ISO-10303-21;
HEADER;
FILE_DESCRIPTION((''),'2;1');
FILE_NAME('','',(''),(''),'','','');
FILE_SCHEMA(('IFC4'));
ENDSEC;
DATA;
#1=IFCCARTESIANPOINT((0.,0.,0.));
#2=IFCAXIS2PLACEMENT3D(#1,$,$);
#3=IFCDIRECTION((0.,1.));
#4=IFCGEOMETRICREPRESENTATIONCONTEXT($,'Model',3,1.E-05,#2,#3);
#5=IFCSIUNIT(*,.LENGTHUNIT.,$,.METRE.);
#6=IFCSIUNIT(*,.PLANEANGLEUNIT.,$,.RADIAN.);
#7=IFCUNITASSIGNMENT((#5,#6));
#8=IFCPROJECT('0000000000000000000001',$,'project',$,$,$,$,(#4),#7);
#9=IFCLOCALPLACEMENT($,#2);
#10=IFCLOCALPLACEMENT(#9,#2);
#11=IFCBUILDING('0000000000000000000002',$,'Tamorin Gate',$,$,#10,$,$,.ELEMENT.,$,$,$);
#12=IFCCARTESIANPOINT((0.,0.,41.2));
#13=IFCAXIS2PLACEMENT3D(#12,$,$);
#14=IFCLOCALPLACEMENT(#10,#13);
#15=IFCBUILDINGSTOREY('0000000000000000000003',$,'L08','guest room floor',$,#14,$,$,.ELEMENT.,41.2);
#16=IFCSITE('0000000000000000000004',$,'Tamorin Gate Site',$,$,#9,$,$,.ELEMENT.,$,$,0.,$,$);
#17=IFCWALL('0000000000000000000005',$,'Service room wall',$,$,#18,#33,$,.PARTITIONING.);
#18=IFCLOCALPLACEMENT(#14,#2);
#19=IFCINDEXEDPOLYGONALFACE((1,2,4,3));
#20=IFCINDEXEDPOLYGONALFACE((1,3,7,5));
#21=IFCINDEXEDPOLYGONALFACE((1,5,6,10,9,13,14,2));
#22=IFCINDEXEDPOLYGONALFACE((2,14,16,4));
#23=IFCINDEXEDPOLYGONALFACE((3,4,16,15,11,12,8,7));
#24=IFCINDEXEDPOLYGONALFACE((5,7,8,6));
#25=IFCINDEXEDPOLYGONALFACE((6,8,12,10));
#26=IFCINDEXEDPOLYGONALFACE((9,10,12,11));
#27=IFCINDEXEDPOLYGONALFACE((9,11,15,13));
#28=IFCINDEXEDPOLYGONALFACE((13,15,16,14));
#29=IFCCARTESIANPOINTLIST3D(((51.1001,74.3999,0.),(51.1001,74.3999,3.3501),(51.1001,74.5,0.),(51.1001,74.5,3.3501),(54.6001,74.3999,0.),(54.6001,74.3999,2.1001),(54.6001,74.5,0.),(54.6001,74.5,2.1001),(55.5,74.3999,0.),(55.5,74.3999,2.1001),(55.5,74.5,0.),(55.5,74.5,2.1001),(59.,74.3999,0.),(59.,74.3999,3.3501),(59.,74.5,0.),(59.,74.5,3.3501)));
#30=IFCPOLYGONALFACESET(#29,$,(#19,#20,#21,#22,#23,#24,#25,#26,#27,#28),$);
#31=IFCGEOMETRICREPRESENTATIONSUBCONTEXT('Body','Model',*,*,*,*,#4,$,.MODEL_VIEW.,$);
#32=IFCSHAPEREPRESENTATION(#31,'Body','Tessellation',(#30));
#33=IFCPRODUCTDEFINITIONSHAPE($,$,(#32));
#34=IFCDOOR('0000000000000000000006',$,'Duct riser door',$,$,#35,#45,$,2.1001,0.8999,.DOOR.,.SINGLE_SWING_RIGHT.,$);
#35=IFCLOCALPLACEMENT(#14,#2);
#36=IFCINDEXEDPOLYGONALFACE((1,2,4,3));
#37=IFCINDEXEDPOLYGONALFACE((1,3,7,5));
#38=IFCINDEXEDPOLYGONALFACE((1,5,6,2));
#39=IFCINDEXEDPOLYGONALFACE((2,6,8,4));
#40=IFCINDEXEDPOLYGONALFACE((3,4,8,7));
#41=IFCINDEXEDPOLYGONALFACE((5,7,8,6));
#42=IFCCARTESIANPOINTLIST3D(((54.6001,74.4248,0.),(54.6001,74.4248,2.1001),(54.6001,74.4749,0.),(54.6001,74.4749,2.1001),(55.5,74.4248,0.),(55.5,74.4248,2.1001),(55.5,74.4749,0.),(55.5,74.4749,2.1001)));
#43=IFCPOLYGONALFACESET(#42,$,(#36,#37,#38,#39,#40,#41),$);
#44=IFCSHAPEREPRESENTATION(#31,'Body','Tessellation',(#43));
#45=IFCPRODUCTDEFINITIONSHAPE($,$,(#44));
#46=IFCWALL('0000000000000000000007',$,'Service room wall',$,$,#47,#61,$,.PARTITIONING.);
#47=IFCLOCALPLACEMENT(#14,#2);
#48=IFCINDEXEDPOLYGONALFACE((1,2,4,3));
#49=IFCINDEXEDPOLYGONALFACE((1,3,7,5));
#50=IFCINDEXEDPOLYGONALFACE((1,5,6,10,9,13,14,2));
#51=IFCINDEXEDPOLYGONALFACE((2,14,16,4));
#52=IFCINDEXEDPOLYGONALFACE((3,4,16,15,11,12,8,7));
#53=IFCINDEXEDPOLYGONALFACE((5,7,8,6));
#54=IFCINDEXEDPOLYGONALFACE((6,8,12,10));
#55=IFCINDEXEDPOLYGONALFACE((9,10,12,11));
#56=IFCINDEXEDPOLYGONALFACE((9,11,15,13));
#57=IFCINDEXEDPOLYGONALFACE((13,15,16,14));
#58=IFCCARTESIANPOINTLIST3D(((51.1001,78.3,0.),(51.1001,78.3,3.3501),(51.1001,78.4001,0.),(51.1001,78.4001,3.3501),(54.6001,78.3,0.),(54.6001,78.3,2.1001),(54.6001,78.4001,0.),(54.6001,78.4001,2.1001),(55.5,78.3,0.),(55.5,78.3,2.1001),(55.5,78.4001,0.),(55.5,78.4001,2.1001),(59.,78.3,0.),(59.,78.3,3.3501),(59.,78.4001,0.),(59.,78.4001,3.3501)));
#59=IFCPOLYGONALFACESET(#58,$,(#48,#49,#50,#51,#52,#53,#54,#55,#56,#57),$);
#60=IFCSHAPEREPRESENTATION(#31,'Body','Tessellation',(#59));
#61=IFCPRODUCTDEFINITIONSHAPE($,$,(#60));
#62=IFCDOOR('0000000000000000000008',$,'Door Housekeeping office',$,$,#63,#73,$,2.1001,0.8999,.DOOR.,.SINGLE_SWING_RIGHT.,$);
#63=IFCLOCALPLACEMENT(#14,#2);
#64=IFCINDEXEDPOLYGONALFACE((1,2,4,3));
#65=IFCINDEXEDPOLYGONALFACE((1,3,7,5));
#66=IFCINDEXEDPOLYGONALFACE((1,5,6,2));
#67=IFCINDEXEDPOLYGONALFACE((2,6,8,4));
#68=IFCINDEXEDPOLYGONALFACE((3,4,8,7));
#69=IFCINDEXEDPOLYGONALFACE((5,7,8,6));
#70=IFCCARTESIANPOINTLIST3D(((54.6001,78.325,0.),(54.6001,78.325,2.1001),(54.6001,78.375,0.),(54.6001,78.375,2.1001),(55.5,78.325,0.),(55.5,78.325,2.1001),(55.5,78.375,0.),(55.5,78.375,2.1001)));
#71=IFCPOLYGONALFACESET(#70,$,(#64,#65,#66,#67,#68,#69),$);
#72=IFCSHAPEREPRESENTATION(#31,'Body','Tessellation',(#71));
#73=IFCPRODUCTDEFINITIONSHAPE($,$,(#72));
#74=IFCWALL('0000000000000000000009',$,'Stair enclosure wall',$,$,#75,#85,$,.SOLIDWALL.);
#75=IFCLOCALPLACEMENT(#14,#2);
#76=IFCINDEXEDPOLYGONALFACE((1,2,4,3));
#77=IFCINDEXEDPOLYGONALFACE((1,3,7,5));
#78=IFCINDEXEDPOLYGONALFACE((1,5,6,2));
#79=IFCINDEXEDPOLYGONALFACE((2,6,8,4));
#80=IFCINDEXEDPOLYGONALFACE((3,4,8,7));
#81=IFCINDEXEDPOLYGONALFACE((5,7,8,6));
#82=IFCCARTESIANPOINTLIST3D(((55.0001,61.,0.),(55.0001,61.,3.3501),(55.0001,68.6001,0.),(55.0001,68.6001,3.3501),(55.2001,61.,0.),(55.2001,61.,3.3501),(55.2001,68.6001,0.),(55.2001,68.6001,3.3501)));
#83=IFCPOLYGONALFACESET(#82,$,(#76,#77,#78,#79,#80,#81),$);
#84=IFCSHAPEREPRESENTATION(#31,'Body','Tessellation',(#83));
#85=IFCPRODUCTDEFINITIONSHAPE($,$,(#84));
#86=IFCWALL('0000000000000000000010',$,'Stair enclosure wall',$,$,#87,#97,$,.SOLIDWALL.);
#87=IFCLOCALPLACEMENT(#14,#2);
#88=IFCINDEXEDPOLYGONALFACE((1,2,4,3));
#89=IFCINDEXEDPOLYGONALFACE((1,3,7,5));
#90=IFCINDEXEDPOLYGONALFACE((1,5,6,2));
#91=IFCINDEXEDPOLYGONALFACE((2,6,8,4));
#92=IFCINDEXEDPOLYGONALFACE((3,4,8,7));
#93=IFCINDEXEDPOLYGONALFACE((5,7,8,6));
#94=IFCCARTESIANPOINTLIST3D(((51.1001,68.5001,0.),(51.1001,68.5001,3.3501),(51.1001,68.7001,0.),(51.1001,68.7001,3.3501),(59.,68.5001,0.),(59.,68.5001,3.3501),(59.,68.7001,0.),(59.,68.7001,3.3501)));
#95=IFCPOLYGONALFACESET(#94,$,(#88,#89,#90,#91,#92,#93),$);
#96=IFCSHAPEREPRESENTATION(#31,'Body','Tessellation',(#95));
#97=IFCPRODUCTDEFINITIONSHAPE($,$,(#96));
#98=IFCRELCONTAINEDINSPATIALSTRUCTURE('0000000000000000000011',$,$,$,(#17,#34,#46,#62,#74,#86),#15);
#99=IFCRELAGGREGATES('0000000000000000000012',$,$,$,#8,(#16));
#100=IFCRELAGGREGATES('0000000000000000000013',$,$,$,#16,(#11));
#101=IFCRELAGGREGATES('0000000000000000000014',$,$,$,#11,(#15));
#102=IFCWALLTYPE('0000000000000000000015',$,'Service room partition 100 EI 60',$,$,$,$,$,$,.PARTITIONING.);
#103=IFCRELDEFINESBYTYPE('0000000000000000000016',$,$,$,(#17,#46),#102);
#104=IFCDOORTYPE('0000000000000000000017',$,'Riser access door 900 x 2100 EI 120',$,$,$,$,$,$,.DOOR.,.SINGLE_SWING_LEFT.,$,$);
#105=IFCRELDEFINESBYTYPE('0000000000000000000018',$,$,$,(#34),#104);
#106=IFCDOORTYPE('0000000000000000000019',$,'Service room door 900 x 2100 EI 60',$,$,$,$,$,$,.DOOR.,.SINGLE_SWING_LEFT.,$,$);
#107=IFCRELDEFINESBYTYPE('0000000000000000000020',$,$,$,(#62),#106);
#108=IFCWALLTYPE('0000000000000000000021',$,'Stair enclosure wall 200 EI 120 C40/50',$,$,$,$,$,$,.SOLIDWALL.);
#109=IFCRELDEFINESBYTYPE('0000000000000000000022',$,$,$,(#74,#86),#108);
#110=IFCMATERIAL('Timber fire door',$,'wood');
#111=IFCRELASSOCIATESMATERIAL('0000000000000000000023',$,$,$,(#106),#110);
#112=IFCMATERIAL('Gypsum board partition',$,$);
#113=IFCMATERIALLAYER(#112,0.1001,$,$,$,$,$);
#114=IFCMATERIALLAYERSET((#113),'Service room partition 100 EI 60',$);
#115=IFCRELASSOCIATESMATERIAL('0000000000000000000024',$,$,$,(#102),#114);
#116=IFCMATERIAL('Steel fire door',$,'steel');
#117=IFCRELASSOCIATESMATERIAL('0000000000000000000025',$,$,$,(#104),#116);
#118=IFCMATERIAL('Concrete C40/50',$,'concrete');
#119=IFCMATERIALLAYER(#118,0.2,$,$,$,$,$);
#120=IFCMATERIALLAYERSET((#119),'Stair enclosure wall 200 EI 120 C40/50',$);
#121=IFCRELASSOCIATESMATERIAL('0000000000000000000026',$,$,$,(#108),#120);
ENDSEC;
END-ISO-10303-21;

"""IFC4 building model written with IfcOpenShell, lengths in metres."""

from ifc_helpers import new_model, si_unit, direction, frame, frame_2d, origin, place, context, subcontext, project, spatial, rectangle, extrude, material, layer, layer_set, type_object, element, fill, save


model = new_model("IFC4")

# Units and contexts
model_context = context("Model", 3, precision=1e-05, world=origin(), true_north=direction((0.0, 1.0)))
body_context = subcontext(model_context, "Body", "Model", "MODEL_VIEW")
ifc_project = project(units=[si_unit("LENGTHUNIT", "METRE"), si_unit("PLANEANGLEUNIT", "RADIAN")], contexts=[model_context])

# Site, building, storey
site_placement = place(None, origin())
site = spatial("IfcSite", under=ifc_project, at=site_placement, Name="Tamorin Gate Site", CompositionType="ELEMENT", RefElevation=0.0)
building_placement = place(site_placement, origin())
building = spatial("IfcBuilding", under=site, at=building_placement, Name="Tamorin Gate", CompositionType="ELEMENT")
storey_placement = place(building_placement, frame((0.0, 0.0, 41.2)))
storey = spatial("IfcBuildingStorey", under=building, at=storey_placement, Name="L08", Description="guest room floor", CompositionType="ELEMENT", Elevation=41.2)

# Shared definitions
ifc_material_1 = material(Name="Steel fire door", Category="steel")

# Shared definitions
ifc_material_2 = material(Name="Gypsum board partition")

# Shared definitions
ifc_material_3 = material(Name="Timber fire door", Category="wood")
door_type_1 = type_object("IfcDoorType", Name="Service room door 900 x 2100 EI 60", OperationType="SINGLE_SWING_LEFT", PredefinedType="DOOR", material=ifc_material_3)

# Shared definitions
ifc_layer_1 = layer(ifc_material_2, 0.1001)
ifc_layer_set_1 = layer_set([ifc_layer_1], Name="Service room partition 100 EI 60")
wall_type_1 = type_object("IfcWallType", Name="Service room partition 100 EI 60", PredefinedType="PARTITIONING", material=ifc_layer_set_1)

# Walls, openings, doors
wall_1_placement = place(storey_placement, frame((51.1001, 74.45, 0.0), z_axis=(0.0, 0.0, 1.0), x_axis=(1.0, 0.0, 0.0)))
wall_1 = element("IfcWall", 1, at=wall_1_placement, inside=storey, type_object=wall_type_1, Name="Service room wall", PredefinedType="PARTITIONING", context=body_context, shape_type="SweptSolid", body=[
    extrude(rectangle(XDim=7.8999, YDim=0.1001, at=frame_2d((3.95, 0.0))), origin(), (0.0, 0.0, 1.0), 3.3501),
])
opening_1_placement = place(wall_1_placement, frame((3.5, 0.0, 0.0)))
opening_1 = element("IfcOpeningElement", 2, at=opening_1_placement, cuts=wall_1, PredefinedType="OPENING", context=body_context, shape_type="SweptSolid", body=[
    extrude(rectangle(XDim=0.8999, YDim=2.1001, at=frame_2d((0.45, 1.05))), frame((0.0, 0.0601, 0.0), z_axis=(0.0, -1.0, 0.0), x_axis=(1.0, 0.0, 0.0)), (0.0, 0.0, 1.0), 0.1201),
])
door_type_2 = type_object("IfcDoorType", Name="Riser access door 900 x 2100 EI 120", OperationType="SINGLE_SWING_LEFT", PredefinedType="DOOR", material=ifc_material_1)
door_1_placement = place(opening_1_placement, origin())
door_1 = element("IfcDoor", 3, at=door_1_placement, inside=storey, type_object=door_type_2, Name="Duct riser door", OperationType="SINGLE_SWING_RIGHT", OverallHeight=2.1001, OverallWidth=0.8999, PredefinedType="DOOR", context=body_context, shape_type="SweptSolid", body=[
    extrude(rectangle(XDim=0.8999, YDim=2.1001, at=frame_2d((0.45, 1.05))), frame((0.0, 0.0249, 0.0), z_axis=(0.0, -1.0, 0.0), x_axis=(1.0, 0.0, 0.0)), (0.0, 0.0, 1.0), 0.05),
])
fill(opening_1, door_1)
wall_2_placement = place(storey_placement, frame((51.1001, 78.3501, 0.0), z_axis=(0.0, 0.0, 1.0), x_axis=(1.0, 0.0, 0.0)))
wall_2 = element("IfcWall", 4, at=wall_2_placement, inside=storey, type_object=wall_type_1, Name="Service room wall", PredefinedType="PARTITIONING", context=body_context, shape_type="SweptSolid", body=[
    extrude(rectangle(XDim=7.8999, YDim=0.1001, at=frame_2d((3.95, 0.0))), origin(), (0.0, 0.0, 1.0), 3.3501),
])
opening_2_placement = place(wall_2_placement, frame((3.5, 0.0, 0.0)))
opening_2 = element("IfcOpeningElement", 5, at=opening_2_placement, cuts=wall_2, PredefinedType="OPENING", context=body_context, shape_type="SweptSolid", body=[
    extrude(rectangle(XDim=0.8999, YDim=2.1001, at=frame_2d((0.45, 1.05))), frame((0.0, 0.0601, 0.0), z_axis=(0.0, -1.0, 0.0), x_axis=(1.0, 0.0, 0.0)), (0.0, 0.0, 1.0), 0.1201),
])
door_2_placement = place(opening_2_placement, origin())
door_2 = element("IfcDoor", 6, at=door_2_placement, inside=storey, type_object=door_type_1, Name="Door Housekeeping office", OperationType="SINGLE_SWING_RIGHT", OverallHeight=2.1001, OverallWidth=0.8999, PredefinedType="DOOR", context=body_context, shape_type="SweptSolid", body=[
    extrude(rectangle(XDim=0.8999, YDim=2.1001, at=frame_2d((0.45, 1.05))), frame((0.0, 0.0249, 0.0), z_axis=(0.0, -1.0, 0.0), x_axis=(1.0, 0.0, 0.0)), (0.0, 0.0, 1.0), 0.05),
])
fill(opening_2, door_2)

# Walls
ifc_material_4 = material(Name="Concrete C40/50", Category="concrete")
ifc_layer_2 = layer(ifc_material_4, 0.2)
ifc_layer_set_2 = layer_set([ifc_layer_2], Name="Stair enclosure wall 200 EI 120 C40/50")
wall_type_2 = type_object("IfcWallType", Name="Stair enclosure wall 200 EI 120 C40/50", PredefinedType="SOLIDWALL", material=ifc_layer_set_2)
wall_3_placement = place(storey_placement, frame((55.1001, 61.0, 0.0), z_axis=(0.0, 0.0, 1.0), x_axis=(0.0, 1.0, 0.0)))
element("IfcWall", 7, at=wall_3_placement, inside=storey, type_object=wall_type_2, Name="Stair enclosure wall", PredefinedType="SOLIDWALL", context=body_context, shape_type="SweptSolid", body=[
    extrude(rectangle(XDim=7.6001, YDim=0.2, at=frame_2d((3.8, 0.0))), origin(), (0.0, 0.0, 1.0), 3.3501),
])
wall_4_placement = place(storey_placement, frame((51.1001, 68.6001, 0.0), z_axis=(0.0, 0.0, 1.0), x_axis=(1.0, 0.0, 0.0)))
element("IfcWall", 8, at=wall_4_placement, inside=storey, type_object=wall_type_2, Name="Stair enclosure wall", PredefinedType="SOLIDWALL", context=body_context, shape_type="SweptSolid", body=[
    extrude(rectangle(XDim=7.8999, YDim=0.2, at=frame_2d((3.95, 0.0))), origin(), (0.0, 0.0, 1.0), 3.3501),
])

save(model, "model.ifc")
